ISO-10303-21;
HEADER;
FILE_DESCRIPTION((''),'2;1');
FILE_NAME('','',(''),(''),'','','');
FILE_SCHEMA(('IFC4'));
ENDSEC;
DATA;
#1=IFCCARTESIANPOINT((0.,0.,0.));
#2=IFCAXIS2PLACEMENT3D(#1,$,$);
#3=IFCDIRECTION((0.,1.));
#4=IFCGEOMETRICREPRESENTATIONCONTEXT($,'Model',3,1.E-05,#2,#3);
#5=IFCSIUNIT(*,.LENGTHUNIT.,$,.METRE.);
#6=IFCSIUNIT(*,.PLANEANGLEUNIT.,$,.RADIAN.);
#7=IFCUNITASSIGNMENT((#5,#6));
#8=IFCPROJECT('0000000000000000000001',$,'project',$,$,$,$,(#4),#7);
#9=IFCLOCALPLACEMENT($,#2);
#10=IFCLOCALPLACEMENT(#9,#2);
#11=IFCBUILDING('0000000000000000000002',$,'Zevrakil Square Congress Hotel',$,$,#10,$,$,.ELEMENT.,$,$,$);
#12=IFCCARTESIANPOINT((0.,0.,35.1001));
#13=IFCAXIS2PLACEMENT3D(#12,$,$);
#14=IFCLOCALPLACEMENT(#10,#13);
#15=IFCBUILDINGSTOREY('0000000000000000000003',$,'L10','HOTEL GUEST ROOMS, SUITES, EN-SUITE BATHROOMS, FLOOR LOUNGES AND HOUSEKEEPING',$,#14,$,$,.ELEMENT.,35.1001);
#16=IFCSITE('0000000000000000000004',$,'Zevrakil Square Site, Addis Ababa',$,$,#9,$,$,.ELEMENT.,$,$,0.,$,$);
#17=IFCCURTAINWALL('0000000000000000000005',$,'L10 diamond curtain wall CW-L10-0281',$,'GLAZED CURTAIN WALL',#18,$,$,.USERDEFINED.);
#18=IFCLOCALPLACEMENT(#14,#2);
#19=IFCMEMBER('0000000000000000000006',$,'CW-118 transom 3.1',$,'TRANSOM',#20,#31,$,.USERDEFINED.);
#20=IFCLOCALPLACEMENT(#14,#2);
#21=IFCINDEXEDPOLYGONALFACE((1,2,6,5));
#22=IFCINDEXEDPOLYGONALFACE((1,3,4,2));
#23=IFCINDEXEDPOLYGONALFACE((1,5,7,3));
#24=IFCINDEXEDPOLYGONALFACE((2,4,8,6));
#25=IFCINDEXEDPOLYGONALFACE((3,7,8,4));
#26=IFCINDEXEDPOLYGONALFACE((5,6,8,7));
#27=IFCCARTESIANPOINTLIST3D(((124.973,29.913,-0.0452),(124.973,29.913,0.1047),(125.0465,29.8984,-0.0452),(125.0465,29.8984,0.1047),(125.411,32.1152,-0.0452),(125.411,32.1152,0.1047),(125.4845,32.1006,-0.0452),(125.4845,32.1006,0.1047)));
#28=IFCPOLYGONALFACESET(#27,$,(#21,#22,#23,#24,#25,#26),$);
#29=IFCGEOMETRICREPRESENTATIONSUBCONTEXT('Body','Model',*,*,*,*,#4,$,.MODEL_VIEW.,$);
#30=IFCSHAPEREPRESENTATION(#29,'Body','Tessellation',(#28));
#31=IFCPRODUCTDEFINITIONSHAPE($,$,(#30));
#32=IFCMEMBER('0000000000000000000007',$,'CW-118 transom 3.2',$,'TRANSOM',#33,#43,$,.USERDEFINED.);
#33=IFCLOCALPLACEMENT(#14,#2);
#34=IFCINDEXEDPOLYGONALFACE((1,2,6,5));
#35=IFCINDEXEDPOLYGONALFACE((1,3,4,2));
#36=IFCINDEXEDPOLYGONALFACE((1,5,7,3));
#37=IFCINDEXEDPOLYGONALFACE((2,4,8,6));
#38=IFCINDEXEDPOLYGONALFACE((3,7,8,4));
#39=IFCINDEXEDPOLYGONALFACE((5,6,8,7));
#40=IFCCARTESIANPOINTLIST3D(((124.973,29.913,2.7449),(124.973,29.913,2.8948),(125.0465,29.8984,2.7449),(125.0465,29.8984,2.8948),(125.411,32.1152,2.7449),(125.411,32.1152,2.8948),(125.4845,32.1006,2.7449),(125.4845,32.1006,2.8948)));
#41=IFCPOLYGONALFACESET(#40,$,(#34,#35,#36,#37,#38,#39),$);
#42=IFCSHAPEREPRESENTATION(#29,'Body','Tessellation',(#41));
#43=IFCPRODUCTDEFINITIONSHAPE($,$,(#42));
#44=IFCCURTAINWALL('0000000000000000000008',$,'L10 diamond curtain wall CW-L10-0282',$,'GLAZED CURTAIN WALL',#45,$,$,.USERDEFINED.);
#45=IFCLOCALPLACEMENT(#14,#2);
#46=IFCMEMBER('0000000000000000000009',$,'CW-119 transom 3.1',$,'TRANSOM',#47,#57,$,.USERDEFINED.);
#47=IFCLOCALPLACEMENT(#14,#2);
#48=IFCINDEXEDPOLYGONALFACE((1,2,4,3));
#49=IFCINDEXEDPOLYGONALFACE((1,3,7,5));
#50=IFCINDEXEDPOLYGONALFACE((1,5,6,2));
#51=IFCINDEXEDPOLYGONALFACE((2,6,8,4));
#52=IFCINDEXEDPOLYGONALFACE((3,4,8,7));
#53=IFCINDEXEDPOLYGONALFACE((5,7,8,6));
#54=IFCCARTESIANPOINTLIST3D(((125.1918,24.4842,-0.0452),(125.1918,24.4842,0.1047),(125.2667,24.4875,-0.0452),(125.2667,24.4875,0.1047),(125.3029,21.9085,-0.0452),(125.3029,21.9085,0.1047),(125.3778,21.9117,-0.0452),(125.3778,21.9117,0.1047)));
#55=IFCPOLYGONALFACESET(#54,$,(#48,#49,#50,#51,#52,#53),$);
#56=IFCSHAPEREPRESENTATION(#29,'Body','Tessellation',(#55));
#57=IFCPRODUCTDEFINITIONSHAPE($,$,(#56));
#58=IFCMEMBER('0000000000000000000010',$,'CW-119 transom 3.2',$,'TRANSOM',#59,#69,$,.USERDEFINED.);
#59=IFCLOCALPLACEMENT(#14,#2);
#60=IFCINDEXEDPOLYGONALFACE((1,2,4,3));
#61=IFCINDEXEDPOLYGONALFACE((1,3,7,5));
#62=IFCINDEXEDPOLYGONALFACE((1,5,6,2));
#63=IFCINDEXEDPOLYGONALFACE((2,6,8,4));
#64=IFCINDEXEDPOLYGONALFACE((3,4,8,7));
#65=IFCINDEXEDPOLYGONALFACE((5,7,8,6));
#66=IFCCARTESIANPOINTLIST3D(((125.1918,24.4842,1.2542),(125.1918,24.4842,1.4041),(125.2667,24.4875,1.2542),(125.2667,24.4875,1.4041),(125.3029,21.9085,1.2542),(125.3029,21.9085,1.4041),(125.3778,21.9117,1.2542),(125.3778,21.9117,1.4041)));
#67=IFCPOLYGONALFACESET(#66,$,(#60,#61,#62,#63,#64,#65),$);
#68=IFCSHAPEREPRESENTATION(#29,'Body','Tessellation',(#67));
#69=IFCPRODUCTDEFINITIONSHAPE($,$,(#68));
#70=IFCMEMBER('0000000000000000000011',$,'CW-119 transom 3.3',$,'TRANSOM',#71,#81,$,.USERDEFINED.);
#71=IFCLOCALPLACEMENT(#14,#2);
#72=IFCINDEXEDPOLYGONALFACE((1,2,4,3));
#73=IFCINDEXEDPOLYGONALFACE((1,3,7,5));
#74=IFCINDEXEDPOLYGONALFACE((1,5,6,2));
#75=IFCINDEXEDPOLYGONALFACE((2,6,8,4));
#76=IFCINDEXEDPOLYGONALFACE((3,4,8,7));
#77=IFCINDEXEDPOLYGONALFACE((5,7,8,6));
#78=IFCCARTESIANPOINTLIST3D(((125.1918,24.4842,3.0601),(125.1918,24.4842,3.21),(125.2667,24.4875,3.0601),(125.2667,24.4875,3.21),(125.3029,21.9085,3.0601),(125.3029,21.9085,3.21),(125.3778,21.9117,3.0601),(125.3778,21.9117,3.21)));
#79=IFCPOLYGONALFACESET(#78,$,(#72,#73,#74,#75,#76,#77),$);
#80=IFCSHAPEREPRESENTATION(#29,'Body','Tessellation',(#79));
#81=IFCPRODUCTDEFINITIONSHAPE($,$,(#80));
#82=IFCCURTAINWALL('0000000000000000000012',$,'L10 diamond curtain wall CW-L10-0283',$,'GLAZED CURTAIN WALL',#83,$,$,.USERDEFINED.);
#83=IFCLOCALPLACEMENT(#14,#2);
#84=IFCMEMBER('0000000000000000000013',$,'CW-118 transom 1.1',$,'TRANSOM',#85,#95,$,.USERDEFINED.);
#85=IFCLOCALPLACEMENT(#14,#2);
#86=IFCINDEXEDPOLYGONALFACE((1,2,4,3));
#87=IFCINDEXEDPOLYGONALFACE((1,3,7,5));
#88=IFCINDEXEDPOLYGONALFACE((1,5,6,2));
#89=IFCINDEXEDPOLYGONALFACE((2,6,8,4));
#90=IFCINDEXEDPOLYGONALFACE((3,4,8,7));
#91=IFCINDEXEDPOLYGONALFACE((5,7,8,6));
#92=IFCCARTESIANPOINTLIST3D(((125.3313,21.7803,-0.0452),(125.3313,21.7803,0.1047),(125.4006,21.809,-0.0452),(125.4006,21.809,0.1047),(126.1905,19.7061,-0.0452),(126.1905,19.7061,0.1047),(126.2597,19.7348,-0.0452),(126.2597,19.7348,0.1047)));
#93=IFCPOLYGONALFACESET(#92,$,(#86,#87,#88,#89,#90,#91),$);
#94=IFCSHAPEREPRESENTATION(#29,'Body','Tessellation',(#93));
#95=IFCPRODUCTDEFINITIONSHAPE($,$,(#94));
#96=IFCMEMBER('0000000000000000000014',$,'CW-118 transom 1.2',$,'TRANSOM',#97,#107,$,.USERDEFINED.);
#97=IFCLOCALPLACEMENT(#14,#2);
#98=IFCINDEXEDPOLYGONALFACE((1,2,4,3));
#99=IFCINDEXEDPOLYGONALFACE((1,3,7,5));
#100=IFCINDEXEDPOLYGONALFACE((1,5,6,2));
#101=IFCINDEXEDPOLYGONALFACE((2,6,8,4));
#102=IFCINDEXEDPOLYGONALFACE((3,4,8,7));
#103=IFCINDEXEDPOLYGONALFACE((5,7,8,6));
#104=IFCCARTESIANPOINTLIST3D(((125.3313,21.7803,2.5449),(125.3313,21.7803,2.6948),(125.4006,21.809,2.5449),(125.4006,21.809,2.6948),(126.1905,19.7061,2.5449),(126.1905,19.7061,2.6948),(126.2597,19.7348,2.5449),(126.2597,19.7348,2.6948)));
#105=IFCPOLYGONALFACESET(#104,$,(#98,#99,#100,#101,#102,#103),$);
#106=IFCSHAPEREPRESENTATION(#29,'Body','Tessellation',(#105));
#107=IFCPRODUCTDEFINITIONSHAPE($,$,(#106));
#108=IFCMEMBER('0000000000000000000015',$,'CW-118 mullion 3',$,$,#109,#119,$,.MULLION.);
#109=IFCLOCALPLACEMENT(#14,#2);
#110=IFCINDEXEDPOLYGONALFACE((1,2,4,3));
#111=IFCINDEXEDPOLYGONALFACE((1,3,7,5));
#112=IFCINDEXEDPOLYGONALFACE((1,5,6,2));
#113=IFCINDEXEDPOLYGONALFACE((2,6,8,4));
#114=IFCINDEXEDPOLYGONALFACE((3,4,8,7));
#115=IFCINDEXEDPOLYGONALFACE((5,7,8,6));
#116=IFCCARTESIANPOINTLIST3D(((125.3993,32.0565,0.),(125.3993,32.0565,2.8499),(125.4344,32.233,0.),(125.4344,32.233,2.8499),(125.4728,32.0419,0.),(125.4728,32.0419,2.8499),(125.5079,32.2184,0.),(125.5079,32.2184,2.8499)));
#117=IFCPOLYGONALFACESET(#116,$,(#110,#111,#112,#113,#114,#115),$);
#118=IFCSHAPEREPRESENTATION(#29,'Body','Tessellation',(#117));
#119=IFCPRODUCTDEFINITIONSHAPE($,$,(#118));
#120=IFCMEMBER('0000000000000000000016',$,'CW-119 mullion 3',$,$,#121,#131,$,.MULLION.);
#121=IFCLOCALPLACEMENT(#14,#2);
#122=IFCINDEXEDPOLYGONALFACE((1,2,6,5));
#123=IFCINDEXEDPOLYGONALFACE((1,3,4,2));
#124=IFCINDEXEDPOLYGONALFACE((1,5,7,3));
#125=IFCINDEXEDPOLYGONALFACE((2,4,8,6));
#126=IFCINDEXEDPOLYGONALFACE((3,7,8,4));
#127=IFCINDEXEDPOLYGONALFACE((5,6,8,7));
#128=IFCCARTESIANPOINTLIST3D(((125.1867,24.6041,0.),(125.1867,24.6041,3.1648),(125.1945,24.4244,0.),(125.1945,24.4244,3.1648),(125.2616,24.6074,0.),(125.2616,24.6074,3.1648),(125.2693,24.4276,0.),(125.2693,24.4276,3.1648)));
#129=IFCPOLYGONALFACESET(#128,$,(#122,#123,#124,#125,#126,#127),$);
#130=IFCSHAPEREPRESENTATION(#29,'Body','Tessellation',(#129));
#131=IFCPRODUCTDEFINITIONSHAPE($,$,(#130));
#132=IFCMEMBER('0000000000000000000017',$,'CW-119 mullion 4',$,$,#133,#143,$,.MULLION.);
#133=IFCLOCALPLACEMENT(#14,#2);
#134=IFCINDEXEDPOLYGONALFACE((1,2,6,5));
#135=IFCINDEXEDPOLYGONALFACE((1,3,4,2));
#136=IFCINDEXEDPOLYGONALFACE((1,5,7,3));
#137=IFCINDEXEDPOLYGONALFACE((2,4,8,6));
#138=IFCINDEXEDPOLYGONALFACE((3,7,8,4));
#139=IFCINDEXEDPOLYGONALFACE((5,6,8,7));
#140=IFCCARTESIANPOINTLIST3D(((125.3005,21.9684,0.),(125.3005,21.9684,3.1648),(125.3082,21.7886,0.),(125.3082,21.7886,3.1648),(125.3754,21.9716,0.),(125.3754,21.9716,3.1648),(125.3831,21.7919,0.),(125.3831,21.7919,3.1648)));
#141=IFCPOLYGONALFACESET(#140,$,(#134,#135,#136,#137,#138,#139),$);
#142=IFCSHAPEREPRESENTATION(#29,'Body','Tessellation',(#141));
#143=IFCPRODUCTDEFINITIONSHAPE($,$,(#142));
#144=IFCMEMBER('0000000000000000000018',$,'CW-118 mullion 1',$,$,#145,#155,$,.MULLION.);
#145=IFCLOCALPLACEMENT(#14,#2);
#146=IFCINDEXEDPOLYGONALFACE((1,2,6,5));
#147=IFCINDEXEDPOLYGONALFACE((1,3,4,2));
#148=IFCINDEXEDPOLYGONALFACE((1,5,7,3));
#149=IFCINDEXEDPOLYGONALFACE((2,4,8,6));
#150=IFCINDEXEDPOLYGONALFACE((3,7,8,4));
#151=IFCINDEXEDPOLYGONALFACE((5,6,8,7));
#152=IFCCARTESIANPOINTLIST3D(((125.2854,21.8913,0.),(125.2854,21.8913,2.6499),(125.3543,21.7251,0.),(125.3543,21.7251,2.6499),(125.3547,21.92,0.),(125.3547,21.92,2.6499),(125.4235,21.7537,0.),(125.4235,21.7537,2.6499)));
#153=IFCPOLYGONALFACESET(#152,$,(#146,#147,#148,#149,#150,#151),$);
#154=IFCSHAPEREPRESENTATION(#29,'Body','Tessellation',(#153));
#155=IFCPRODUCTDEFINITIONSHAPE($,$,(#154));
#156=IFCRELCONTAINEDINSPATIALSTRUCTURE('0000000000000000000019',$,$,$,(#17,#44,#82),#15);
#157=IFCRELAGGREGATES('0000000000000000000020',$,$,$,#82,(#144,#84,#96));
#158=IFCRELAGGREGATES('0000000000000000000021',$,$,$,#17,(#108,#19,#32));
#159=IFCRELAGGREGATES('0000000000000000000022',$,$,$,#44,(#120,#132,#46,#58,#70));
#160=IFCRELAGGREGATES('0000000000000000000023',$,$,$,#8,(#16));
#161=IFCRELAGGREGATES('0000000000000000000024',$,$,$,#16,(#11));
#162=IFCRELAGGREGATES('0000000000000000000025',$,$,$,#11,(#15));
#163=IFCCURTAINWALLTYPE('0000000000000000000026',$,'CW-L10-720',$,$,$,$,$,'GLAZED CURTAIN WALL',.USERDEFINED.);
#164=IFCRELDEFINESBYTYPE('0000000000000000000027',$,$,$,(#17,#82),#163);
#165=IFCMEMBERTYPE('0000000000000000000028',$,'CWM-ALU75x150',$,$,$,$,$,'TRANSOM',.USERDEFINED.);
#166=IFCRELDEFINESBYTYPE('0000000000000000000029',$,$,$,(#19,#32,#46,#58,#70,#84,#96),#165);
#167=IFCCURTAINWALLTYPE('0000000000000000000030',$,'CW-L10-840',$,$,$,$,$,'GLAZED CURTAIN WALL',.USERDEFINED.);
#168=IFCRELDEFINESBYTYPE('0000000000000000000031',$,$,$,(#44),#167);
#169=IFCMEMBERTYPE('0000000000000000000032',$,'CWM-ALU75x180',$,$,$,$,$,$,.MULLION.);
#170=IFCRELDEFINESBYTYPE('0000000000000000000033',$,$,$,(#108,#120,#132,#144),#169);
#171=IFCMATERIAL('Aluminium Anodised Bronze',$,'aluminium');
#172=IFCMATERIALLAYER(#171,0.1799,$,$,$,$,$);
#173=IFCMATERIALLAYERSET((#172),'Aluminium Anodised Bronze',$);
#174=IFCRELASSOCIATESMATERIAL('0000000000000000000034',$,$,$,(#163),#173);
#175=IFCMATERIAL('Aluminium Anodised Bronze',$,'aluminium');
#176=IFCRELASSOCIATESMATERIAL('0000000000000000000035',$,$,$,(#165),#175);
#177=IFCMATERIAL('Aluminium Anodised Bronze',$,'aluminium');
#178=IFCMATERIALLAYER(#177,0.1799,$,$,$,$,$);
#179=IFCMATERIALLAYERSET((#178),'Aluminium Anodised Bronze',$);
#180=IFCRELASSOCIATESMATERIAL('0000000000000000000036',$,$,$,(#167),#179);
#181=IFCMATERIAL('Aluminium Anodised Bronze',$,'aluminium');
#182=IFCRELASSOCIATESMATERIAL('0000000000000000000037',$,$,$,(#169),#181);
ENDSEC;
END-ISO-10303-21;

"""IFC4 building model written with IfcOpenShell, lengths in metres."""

from ifc_helpers import new_model, si_unit, direction, frame, origin, origin_2d, place, context, subcontext, project, spatial, rectangle, extrude, material, layer, layer_set, material_profile, profile_set, type_object, element, aggregate, save


model = new_model("IFC4")

# Units and contexts
model_context = context("Model", 3, precision=1e-05, world=origin(), true_north=direction((0.0, 1.0)))
body_context = subcontext(model_context, "Body", "Model", "MODEL_VIEW")
ifc_project = project(units=[si_unit("LENGTHUNIT", "METRE"), si_unit("PLANEANGLEUNIT", "RADIAN")], contexts=[model_context])

# Site, building, storey
site_placement = place(None, origin())
site = spatial("IfcSite", under=ifc_project, at=site_placement, Name="Zevrakil Square Site, Addis Ababa", CompositionType="ELEMENT", RefElevation=0.0)
building_placement = place(site_placement, origin())
building = spatial("IfcBuilding", under=site, at=building_placement, Name="Zevrakil Square Congress Hotel", CompositionType="ELEMENT")
storey_placement = place(building_placement, frame((0.0, 0.0, 35.1001)))
storey = spatial("IfcBuildingStorey", under=building, at=storey_placement, Name="L10", Description="HOTEL GUEST ROOMS, SUITES, EN-SUITE BATHROOMS, FLOOR LOUNGES AND HOUSEKEEPING", CompositionType="ELEMENT", Elevation=35.1001)

# Curtain walls, members
ifc_material_1 = material(Name="Aluminium Anodised Bronze", Category="aluminium")
ifc_layer_1 = layer(ifc_material_1, 0.1799)
ifc_layer_set_1 = layer_set([ifc_layer_1], Name="Aluminium Anodised Bronze")
curtain_wall_type_1 = type_object("IfcCurtainWallType", Name="CW-L10-720", ElementType="GLAZED CURTAIN WALL", PredefinedType="USERDEFINED", material=ifc_layer_set_1)
curtain_wall_1_placement = place(storey_placement, origin())
curtain_wall_1 = element("IfcCurtainWall", 1, at=curtain_wall_1_placement, inside=storey, type_object=curtain_wall_type_1, Name="L10 diamond curtain wall CW-L10-0281", ObjectType="GLAZED CURTAIN WALL", PredefinedType="USERDEFINED")
ifc_material_2 = material(Name="Aluminium Anodised Bronze", Category="aluminium")
ifc_material_profile_1 = material_profile(ifc_material_2, rectangle(XDim=0.075, YDim=0.1499, at=origin_2d()), Name="ALU 75x150")
ifc_profile_set_1 = profile_set([ifc_material_profile_1], Name="Aluminium Anodised Bronze")
member_type_1 = type_object("IfcMemberType", Name="CWM-ALU75x150", ElementType="TRANSOM", PredefinedType="USERDEFINED", material=ifc_profile_set_1)
member_1_placement = place(storey_placement, frame((125.4478, 32.1079, 0.0298), z_axis=(-0.19507, -0.980789, 0.0), x_axis=(0.980789, -0.19507, 0.0)))
member_1 = element("IfcMember", 2, at=member_1_placement, type_object=member_type_1, Name="CW-118 transom 3.1", ObjectType="TRANSOM", PredefinedType="USERDEFINED", context=body_context, shape_type="SweptSolid", body=[
    extrude(rectangle(XDim=0.075, YDim=0.1499, at=origin_2d()), origin(), (0.0, 0.0, 1.0), 2.2454),
])
member_2_placement = place(storey_placement, frame((125.4478, 32.1079, 2.8198), z_axis=(-0.19507, -0.980789, 0.0), x_axis=(0.980789, -0.19507, 0.0)))
member_2 = element("IfcMember", 3, at=member_2_placement, type_object=member_type_1, Name="CW-118 transom 3.2", ObjectType="TRANSOM", PredefinedType="USERDEFINED", context=body_context, shape_type="SweptSolid", body=[
    extrude(rectangle(XDim=0.075, YDim=0.1499, at=origin_2d()), origin(), (0.0, 0.0, 1.0), 2.2454),
])
ifc_material_3 = material(Name="Aluminium Anodised Bronze", Category="aluminium")
ifc_layer_2 = layer(ifc_material_3, 0.1799)
ifc_layer_set_2 = layer_set([ifc_layer_2], Name="Aluminium Anodised Bronze")
curtain_wall_type_2 = type_object("IfcCurtainWallType", Name="CW-L10-840", ElementType="GLAZED CURTAIN WALL", PredefinedType="USERDEFINED", material=ifc_layer_set_2)
curtain_wall_2_placement = place(storey_placement, origin())
curtain_wall_2 = element("IfcCurtainWall", 4, at=curtain_wall_2_placement, inside=storey, type_object=curtain_wall_type_2, Name="L10 diamond curtain wall CW-L10-0282", ObjectType="GLAZED CURTAIN WALL", PredefinedType="USERDEFINED")
member_3_placement = place(storey_placement, frame((125.2292, 24.4858, 0.0298), z_axis=(0.043088, -0.999071, 0.0), x_axis=(0.999071, 0.043088, 0.0)))
member_3 = element("IfcMember", 5, at=member_3_placement, type_object=member_type_1, Name="CW-119 transom 3.1", ObjectType="TRANSOM", PredefinedType="USERDEFINED", context=body_context, shape_type="SweptSolid", body=[
    extrude(rectangle(XDim=0.075, YDim=0.1499, at=origin_2d()), origin(), (0.0, 0.0, 1.0), 2.5781),
])
member_4_placement = place(storey_placement, frame((125.2292, 24.4858, 1.3291), z_axis=(0.043088, -0.999071, 0.0), x_axis=(0.999071, 0.043088, 0.0)))
member_4 = element("IfcMember", 6, at=member_4_placement, type_object=member_type_1, Name="CW-119 transom 3.2", ObjectType="TRANSOM", PredefinedType="USERDEFINED", context=body_context, shape_type="SweptSolid", body=[
    extrude(rectangle(XDim=0.075, YDim=0.1499, at=origin_2d()), origin(), (0.0, 0.0, 1.0), 2.5781),
])
member_5_placement = place(storey_placement, frame((125.2292, 24.4858, 3.135), z_axis=(0.043088, -0.999071, 0.0), x_axis=(0.999071, 0.043088, 0.0)))
member_5 = element("IfcMember", 7, at=member_5_placement, type_object=member_type_1, Name="CW-119 transom 3.3", ObjectType="TRANSOM", PredefinedType="USERDEFINED", context=body_context, shape_type="SweptSolid", body=[
    extrude(rectangle(XDim=0.075, YDim=0.1499, at=origin_2d()), origin(), (0.0, 0.0, 1.0), 2.5781),
])
curtain_wall_3_placement = place(storey_placement, origin())
curtain_wall_3 = element("IfcCurtainWall", 8, at=curtain_wall_3_placement, inside=storey, type_object=curtain_wall_type_1, Name="L10 diamond curtain wall CW-L10-0283", ObjectType="GLAZED CURTAIN WALL", PredefinedType="USERDEFINED")
member_6_placement = place(storey_placement, frame((125.366, 21.7947, 0.0298), z_axis=(0.382669, -0.923886, 0.0), x_axis=(0.923886, 0.382669, 0.0)))
member_6 = element("IfcMember", 9, at=member_6_placement, type_object=member_type_1, Name="CW-118 transom 1.1", ObjectType="TRANSOM", PredefinedType="USERDEFINED", context=body_context, shape_type="SweptSolid", body=[
    extrude(rectangle(XDim=0.075, YDim=0.1499, at=origin_2d()), origin(), (0.0, 0.0, 1.0), 2.2451),
])
member_7_placement = place(storey_placement, frame((125.366, 21.7947, 2.6199), z_axis=(0.382669, -0.923886, 0.0), x_axis=(0.923886, 0.382669, 0.0)))
member_7 = element("IfcMember", 10, at=member_7_placement, type_object=member_type_1, Name="CW-118 transom 1.2", ObjectType="TRANSOM", PredefinedType="USERDEFINED", context=body_context, shape_type="SweptSolid", body=[
    extrude(rectangle(XDim=0.075, YDim=0.1499, at=origin_2d()), origin(), (0.0, 0.0, 1.0), 2.2451),
])

# Members
ifc_material_4 = material(Name="Aluminium Anodised Bronze", Category="aluminium")
ifc_material_profile_2 = material_profile(ifc_material_4, rectangle(XDim=0.075, YDim=0.1799, at=origin_2d()), Name="ALU 75x180")
ifc_profile_set_2 = profile_set([ifc_material_profile_2], Name="Aluminium Anodised Bronze")
member_type_2 = type_object("IfcMemberType", Name="CWM-ALU75x180", PredefinedType="MULLION", material=ifc_profile_set_2)
member_8_placement = place(storey_placement, frame((125.4536, 32.1375, 0.0), z_axis=(0.0, 0.0, 1.0), x_axis=(0.980787, -0.195084, 0.0)))
member_8 = element("IfcMember", 11, at=member_8_placement, type_object=member_type_2, Name="CW-118 mullion 3", PredefinedType="MULLION", context=body_context, shape_type="SweptSolid", body=[
    extrude(rectangle(XDim=0.075, YDim=0.1799, at=origin_2d()), origin(), (0.0, 0.0, 1.0), 2.8499),
])
member_9_placement = place(storey_placement, frame((125.228, 24.5159, 0.0), z_axis=(0.0, 0.0, 1.0), x_axis=(0.999071, 0.043102, 0.0)))
member_9 = element("IfcMember", 12, at=member_9_placement, type_object=member_type_2, Name="CW-119 mullion 3", PredefinedType="MULLION", context=body_context, shape_type="SweptSolid", body=[
    extrude(rectangle(XDim=0.075, YDim=0.1799, at=origin_2d()), origin(), (0.0, 0.0, 1.0), 3.1648),
])
member_10_placement = place(storey_placement, frame((125.3418, 21.8801, 0.0), z_axis=(0.0, 0.0, 1.0), x_axis=(0.999071, 0.043102, 0.0)))
member_10 = element("IfcMember", 13, at=member_10_placement, type_object=member_type_2, Name="CW-119 mullion 4", PredefinedType="MULLION", context=body_context, shape_type="SweptSolid", body=[
    extrude(rectangle(XDim=0.075, YDim=0.1799, at=origin_2d()), origin(), (0.0, 0.0, 1.0), 3.1648),
])
member_11_placement = place(storey_placement, frame((125.3545, 21.8225, 0.0), z_axis=(0.0, 0.0, 1.0), x_axis=(0.923879, 0.382684, 0.0)))
member_11 = element("IfcMember", 14, at=member_11_placement, type_object=member_type_2, Name="CW-118 mullion 1", PredefinedType="MULLION", context=body_context, shape_type="SweptSolid", body=[
    extrude(rectangle(XDim=0.075, YDim=0.1799, at=origin_2d()), origin(), (0.0, 0.0, 1.0), 2.6499),
])
aggregate(curtain_wall_3, [member_11, member_6, member_7])

aggregate(curtain_wall_1, [member_8, member_1, member_2])
aggregate(curtain_wall_2, [member_9, member_10, member_3, member_4, member_5])

save(model, "model.ifc")
